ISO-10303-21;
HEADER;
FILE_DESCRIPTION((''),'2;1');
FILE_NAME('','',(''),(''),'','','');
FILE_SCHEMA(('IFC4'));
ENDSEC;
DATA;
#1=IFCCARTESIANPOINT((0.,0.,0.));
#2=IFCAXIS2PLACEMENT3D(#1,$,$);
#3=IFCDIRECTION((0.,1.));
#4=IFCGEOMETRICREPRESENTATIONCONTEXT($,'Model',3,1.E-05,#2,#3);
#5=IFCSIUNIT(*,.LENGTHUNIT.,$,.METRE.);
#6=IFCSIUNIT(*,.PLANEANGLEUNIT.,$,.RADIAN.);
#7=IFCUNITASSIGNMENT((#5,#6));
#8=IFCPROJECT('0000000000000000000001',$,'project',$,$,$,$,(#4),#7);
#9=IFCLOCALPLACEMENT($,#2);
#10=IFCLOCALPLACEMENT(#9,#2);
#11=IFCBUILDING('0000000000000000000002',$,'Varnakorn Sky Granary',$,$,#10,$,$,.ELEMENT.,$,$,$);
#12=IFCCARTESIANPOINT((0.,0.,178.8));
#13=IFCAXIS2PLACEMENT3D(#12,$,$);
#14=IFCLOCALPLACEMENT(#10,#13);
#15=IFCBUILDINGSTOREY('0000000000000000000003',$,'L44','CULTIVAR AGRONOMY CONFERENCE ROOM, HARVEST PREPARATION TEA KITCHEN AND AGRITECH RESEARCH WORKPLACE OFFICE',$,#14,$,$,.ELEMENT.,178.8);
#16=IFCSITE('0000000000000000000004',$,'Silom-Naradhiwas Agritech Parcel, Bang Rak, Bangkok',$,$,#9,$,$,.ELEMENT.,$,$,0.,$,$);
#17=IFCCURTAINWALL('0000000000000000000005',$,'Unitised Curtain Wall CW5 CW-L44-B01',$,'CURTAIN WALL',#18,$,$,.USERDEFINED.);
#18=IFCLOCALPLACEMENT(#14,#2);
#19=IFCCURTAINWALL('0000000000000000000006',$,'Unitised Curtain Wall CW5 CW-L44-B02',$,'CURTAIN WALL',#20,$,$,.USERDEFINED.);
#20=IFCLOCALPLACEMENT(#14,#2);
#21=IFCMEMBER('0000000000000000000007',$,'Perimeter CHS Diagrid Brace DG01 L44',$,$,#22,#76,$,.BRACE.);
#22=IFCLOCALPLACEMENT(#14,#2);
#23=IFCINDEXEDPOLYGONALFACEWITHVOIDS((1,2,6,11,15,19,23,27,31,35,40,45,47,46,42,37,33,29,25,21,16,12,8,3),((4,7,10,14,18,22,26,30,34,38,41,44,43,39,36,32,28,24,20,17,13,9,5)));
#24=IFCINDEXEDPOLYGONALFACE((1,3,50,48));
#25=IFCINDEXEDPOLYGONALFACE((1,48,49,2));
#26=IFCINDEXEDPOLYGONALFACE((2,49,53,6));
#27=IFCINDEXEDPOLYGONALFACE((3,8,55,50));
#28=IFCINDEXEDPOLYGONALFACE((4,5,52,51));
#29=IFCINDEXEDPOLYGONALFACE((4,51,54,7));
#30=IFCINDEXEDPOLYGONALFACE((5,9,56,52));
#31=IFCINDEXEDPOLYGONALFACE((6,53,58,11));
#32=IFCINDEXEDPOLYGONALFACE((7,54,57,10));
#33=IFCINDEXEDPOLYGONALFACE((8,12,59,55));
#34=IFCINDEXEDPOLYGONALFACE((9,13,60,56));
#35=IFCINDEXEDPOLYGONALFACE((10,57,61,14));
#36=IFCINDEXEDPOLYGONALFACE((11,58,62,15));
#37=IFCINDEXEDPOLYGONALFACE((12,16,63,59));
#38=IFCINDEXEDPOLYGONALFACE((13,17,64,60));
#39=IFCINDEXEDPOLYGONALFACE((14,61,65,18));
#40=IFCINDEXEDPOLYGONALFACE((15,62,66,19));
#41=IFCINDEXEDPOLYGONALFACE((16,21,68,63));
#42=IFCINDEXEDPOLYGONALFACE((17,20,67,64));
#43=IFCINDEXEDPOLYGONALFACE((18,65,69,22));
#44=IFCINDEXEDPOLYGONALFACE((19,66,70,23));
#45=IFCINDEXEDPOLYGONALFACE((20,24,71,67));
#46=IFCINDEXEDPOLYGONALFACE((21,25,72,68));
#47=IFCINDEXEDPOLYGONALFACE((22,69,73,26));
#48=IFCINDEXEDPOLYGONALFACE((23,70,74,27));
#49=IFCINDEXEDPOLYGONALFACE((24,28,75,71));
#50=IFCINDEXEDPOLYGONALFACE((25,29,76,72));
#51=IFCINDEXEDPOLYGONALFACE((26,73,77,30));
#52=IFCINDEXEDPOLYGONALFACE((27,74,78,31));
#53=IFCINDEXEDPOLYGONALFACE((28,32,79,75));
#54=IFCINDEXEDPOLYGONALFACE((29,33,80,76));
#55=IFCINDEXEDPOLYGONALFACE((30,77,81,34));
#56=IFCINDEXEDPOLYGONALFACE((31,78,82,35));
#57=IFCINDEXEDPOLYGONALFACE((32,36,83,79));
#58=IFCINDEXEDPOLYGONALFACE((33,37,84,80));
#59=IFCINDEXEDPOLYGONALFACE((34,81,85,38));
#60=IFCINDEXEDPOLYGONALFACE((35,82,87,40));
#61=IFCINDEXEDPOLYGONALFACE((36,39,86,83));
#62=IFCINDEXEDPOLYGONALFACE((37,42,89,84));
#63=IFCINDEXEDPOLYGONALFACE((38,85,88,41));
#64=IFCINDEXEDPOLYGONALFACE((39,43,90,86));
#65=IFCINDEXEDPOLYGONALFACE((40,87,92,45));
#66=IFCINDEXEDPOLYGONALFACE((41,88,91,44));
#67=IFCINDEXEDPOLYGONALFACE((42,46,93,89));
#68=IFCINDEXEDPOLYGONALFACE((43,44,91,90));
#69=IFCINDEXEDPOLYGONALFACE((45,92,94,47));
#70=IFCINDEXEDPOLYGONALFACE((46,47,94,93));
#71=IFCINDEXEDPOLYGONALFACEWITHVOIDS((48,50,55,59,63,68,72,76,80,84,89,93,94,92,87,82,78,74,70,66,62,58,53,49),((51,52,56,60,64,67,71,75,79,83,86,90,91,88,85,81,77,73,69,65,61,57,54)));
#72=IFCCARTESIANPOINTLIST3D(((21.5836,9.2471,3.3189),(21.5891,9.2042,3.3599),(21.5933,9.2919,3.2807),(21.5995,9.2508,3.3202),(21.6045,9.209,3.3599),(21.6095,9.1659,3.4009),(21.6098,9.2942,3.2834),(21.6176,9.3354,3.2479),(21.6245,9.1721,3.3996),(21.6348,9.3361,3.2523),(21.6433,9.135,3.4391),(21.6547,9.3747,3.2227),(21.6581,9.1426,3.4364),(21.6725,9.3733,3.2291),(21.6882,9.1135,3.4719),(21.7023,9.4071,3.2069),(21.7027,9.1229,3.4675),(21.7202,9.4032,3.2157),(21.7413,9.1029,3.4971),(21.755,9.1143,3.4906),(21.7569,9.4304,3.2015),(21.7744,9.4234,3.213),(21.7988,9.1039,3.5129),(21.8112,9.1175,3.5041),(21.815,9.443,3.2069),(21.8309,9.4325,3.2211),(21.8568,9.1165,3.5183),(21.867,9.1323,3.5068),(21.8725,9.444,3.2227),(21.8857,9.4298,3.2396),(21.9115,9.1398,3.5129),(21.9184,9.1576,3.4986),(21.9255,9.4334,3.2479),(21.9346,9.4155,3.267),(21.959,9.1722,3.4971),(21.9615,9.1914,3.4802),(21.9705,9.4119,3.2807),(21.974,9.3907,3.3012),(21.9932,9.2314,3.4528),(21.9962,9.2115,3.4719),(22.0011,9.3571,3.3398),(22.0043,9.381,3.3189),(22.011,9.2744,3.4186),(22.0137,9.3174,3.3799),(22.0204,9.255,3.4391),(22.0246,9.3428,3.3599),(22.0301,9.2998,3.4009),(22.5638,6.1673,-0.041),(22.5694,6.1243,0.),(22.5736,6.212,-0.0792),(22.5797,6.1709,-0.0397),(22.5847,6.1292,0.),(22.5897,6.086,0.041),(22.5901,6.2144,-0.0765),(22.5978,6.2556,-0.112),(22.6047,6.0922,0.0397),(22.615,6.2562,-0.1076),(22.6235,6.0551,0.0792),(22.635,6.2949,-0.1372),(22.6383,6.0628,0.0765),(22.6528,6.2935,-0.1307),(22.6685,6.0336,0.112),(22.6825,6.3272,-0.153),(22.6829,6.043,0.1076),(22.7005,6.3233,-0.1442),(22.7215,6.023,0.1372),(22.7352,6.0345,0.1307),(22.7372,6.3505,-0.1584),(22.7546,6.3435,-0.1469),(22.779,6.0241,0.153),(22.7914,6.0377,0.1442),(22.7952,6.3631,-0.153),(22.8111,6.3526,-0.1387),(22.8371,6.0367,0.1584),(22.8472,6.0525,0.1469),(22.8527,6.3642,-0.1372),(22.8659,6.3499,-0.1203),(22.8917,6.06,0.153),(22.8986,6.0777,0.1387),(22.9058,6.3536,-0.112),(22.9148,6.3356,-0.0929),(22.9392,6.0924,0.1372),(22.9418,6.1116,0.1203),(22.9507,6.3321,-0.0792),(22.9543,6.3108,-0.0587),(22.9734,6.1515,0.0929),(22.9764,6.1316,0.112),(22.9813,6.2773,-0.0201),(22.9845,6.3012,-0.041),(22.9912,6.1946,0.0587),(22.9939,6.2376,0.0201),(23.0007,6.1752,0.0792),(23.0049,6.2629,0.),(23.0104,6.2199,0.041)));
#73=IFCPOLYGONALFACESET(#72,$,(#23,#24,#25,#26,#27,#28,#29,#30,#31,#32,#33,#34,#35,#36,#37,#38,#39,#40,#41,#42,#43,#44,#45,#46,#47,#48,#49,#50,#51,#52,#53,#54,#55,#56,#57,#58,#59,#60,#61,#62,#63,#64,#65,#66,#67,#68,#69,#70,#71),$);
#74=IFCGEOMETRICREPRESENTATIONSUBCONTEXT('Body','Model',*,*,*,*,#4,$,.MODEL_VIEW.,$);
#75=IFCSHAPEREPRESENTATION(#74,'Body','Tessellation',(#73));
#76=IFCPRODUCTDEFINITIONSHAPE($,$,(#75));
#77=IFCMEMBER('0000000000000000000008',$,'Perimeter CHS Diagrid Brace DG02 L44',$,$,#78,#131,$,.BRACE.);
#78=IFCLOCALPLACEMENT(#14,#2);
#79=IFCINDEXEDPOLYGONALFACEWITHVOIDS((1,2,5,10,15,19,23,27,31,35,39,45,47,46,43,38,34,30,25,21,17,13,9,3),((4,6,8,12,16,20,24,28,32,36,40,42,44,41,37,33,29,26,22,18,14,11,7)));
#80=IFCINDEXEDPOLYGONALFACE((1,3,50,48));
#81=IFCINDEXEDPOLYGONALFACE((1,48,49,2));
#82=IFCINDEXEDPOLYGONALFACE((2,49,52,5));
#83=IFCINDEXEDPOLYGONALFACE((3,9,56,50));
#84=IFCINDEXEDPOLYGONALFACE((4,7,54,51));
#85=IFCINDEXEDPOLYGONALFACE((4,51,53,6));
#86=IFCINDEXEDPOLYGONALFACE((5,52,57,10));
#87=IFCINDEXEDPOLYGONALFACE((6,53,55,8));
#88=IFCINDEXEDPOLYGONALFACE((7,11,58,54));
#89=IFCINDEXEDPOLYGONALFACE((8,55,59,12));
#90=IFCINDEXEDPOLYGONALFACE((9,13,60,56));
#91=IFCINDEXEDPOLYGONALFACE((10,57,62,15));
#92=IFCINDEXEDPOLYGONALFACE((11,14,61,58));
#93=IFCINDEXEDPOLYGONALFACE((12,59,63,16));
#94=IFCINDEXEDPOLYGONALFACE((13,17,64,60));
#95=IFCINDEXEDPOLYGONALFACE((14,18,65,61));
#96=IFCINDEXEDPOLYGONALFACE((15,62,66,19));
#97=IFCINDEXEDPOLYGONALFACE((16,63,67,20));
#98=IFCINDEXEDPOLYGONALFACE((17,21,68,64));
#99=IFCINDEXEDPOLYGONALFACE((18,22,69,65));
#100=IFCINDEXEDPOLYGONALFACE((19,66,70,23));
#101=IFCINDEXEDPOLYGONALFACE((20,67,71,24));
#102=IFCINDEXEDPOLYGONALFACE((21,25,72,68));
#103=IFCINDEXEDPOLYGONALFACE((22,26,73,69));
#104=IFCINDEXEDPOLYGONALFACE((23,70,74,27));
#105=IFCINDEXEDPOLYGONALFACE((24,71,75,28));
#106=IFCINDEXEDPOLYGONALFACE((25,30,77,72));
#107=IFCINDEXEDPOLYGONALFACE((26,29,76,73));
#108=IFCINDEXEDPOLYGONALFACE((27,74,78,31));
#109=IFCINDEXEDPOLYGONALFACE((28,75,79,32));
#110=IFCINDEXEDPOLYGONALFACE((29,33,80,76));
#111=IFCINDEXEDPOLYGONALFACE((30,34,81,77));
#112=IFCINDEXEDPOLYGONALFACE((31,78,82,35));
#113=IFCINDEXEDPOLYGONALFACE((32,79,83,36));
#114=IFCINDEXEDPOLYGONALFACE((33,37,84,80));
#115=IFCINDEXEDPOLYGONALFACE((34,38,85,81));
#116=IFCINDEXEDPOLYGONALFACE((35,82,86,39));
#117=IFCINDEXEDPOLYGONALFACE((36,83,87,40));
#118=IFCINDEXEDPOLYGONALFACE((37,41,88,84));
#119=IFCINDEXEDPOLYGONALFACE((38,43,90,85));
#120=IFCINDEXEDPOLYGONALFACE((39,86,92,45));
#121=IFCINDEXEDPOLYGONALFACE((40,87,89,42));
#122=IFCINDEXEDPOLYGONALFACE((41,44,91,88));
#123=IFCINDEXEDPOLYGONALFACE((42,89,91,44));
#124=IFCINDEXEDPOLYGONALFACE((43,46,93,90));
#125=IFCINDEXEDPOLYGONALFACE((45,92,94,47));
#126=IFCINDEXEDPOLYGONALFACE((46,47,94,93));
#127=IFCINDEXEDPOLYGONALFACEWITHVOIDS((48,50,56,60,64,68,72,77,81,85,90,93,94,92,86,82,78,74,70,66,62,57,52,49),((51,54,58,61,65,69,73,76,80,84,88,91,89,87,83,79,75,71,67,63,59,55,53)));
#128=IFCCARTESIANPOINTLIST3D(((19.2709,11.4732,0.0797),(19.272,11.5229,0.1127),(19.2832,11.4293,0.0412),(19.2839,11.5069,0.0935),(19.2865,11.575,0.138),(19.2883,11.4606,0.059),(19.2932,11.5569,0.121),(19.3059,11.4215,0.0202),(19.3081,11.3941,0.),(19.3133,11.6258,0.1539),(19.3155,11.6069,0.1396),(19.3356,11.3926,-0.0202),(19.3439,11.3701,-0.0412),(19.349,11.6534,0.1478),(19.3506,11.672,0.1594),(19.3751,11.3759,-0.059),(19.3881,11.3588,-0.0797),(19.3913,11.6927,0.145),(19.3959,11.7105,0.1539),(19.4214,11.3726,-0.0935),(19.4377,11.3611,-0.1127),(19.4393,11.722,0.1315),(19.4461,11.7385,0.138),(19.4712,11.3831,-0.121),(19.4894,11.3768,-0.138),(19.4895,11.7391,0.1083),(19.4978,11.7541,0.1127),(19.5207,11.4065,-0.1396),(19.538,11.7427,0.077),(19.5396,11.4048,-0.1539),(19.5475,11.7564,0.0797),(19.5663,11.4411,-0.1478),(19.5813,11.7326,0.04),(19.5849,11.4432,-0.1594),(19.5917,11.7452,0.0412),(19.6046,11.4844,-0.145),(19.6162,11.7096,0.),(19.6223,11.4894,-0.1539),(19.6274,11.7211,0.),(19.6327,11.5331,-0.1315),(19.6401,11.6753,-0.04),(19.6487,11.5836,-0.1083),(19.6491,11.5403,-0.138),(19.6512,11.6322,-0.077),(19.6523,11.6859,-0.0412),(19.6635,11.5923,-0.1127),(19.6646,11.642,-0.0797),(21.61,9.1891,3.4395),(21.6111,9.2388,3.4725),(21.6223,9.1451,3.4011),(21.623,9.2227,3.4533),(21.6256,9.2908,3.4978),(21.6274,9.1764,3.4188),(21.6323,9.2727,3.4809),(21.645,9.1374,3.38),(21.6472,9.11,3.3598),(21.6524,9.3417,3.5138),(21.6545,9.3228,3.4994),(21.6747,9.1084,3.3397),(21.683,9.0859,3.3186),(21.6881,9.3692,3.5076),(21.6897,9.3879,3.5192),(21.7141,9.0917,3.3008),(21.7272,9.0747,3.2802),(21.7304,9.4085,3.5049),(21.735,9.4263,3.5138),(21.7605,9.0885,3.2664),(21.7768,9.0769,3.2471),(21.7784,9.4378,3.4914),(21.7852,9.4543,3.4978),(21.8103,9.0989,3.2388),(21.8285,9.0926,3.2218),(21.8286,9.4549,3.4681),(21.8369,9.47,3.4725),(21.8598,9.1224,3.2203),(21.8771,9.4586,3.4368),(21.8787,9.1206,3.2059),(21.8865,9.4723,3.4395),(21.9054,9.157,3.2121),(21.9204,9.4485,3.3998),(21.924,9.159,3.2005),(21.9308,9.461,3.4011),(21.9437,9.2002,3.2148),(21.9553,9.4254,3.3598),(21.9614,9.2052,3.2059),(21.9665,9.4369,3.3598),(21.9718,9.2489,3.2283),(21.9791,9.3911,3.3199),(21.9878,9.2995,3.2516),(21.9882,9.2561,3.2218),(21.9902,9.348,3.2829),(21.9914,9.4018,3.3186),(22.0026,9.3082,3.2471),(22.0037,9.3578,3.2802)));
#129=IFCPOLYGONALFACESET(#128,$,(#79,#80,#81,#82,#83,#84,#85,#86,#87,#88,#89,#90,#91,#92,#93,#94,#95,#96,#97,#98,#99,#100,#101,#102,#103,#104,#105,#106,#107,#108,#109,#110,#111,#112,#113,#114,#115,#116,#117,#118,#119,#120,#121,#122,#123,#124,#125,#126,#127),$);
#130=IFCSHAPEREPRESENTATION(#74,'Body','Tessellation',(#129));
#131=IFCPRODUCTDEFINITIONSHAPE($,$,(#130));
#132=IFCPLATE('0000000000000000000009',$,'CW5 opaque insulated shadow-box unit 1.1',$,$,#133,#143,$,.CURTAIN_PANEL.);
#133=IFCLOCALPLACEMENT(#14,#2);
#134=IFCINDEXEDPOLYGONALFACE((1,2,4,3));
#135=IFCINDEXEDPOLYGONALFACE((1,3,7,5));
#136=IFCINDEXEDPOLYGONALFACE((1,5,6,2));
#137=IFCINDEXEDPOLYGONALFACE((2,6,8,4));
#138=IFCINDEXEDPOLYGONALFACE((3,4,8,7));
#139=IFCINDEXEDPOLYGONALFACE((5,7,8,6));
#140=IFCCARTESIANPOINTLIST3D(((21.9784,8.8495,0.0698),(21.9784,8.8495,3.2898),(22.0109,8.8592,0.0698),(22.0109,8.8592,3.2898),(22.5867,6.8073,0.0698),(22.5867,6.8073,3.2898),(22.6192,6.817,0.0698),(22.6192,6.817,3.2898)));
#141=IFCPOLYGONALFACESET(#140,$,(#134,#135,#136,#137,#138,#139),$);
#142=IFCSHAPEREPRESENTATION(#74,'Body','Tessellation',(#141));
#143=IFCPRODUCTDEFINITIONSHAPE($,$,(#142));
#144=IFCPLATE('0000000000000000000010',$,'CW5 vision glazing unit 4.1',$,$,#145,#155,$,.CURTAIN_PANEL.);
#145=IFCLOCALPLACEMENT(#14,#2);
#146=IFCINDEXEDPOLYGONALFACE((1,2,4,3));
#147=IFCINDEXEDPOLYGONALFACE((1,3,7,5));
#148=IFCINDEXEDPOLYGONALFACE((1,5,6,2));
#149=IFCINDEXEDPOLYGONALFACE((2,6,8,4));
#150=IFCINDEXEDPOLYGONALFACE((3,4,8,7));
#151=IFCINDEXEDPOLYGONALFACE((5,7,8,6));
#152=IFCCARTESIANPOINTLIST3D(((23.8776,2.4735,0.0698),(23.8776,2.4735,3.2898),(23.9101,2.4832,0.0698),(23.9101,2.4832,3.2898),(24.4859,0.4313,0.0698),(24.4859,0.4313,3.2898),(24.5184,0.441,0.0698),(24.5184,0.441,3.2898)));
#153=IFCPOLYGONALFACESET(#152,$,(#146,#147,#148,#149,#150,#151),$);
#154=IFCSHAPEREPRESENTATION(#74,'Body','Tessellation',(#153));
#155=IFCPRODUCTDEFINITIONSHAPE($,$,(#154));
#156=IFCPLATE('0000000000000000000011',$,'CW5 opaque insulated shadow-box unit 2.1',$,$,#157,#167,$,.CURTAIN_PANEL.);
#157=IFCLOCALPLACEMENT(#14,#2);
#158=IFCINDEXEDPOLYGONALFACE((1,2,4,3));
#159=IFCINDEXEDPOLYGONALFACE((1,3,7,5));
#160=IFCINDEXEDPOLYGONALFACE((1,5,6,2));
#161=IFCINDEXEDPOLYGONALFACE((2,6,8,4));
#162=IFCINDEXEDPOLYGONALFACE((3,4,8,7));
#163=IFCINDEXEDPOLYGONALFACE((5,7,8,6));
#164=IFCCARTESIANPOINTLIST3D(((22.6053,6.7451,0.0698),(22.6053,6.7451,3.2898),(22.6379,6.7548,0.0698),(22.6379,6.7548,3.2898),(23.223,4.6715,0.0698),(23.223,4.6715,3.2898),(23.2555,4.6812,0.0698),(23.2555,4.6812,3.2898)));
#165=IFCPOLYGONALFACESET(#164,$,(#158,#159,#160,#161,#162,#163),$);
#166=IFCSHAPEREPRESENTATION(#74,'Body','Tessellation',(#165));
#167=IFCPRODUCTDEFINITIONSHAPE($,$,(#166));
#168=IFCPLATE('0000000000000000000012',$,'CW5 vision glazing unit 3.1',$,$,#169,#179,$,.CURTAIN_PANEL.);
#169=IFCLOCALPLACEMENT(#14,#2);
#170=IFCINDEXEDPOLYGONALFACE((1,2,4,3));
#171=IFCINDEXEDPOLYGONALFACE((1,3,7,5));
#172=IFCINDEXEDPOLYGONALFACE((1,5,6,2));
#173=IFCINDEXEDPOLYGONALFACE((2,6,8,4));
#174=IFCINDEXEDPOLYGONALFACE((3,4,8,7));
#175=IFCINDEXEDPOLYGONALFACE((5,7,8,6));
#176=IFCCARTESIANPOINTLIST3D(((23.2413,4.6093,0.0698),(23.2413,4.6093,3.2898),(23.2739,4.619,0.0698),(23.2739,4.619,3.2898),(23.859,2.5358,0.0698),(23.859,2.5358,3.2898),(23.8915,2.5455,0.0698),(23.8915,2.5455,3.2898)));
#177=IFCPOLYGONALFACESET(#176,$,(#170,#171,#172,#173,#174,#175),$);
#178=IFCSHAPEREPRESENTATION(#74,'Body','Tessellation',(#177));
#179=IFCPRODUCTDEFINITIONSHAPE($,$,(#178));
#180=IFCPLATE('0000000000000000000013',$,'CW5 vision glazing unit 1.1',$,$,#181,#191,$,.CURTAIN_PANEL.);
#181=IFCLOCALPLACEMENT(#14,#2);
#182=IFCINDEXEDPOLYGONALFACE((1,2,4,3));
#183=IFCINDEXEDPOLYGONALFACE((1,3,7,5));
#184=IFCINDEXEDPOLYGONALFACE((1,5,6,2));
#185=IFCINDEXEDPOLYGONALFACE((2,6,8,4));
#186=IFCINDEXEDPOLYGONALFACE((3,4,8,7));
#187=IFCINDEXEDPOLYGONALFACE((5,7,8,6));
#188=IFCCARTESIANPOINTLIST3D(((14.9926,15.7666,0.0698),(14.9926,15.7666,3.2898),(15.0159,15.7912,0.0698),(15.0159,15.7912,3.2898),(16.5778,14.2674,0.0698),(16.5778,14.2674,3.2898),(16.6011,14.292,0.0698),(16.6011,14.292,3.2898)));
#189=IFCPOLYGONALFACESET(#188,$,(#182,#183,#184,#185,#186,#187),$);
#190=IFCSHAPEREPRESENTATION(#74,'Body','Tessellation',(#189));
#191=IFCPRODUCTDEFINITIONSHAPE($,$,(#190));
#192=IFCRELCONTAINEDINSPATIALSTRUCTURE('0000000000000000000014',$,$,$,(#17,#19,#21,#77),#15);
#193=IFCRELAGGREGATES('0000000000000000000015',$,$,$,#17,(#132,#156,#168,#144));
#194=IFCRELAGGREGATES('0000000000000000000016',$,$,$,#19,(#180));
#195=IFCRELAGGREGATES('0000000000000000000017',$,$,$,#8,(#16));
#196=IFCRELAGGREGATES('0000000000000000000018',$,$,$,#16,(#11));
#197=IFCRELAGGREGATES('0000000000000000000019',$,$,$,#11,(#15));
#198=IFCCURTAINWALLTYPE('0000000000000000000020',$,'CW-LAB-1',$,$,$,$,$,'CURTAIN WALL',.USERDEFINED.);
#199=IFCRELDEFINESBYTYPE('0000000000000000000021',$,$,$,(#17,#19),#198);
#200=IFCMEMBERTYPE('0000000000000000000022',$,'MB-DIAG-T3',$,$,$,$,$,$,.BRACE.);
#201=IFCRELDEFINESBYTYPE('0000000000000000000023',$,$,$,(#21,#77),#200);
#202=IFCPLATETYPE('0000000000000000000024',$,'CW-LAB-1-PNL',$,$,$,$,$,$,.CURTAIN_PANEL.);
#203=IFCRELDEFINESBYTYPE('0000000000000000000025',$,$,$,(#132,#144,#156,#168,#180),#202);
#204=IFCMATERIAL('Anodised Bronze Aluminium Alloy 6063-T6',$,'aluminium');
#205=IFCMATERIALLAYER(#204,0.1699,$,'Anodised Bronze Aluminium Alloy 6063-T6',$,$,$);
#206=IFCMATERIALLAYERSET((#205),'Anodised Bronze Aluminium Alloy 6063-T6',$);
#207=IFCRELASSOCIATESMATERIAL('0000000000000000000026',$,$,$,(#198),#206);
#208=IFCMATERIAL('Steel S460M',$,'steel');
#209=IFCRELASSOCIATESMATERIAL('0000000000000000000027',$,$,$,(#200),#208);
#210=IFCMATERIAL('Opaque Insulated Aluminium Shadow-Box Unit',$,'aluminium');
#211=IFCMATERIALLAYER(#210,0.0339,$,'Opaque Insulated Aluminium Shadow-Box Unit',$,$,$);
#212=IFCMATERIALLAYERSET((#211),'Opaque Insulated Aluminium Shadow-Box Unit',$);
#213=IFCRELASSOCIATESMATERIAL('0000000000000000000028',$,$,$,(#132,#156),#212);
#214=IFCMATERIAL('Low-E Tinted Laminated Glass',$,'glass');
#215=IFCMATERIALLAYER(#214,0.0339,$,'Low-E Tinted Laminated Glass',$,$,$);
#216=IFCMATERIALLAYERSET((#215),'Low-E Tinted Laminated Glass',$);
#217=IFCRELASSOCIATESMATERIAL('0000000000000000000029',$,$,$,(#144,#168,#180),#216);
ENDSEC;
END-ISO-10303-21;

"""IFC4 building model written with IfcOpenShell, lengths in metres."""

from ifc_helpers import new_model, si_unit, direction, frame, origin, origin_2d, place, context, subcontext, project, spatial, rectangle, hollow_circle, extrude, source, transform, mapped, material, layer, layer_set, material_profile, profile_set, type_object, element, aggregate, save


model = new_model("IFC4")

# Units and contexts
model_context = context("Model", 3, precision=1e-05, world=origin(), true_north=direction((0.0, 1.0)))
body_context = subcontext(model_context, "Body", "Model", "MODEL_VIEW")
ifc_project = project(units=[si_unit("LENGTHUNIT", "METRE"), si_unit("PLANEANGLEUNIT", "RADIAN")], contexts=[model_context])

# Site, building, storey
site_placement = place(None, origin())
site = spatial("IfcSite", under=ifc_project, at=site_placement, Name="Silom-Naradhiwas Agritech Parcel, Bang Rak, Bangkok", CompositionType="ELEMENT", RefElevation=0.0)
building_placement = place(site_placement, origin())
building = spatial("IfcBuilding", under=site, at=building_placement, Name="Varnakorn Sky Granary", CompositionType="ELEMENT")
storey_placement = place(building_placement, frame((0.0, 0.0, 178.8)))
storey = spatial("IfcBuildingStorey", under=building, at=storey_placement, Name="L44", Description="CULTIVAR AGRONOMY CONFERENCE ROOM, HARVEST PREPARATION TEA KITCHEN AND AGRITECH RESEARCH WORKPLACE OFFICE", CompositionType="ELEMENT", Elevation=178.8)

# Shared definitions
ifc_material_1 = material(Name="Steel S460M", Category="steel")

# Curtain walls
ifc_material_2 = material(Name="Anodised Bronze Aluminium Alloy 6063-T6", Category="aluminium")
ifc_layer_1 = layer(ifc_material_2, 0.1699, Name="Anodised Bronze Aluminium Alloy 6063-T6")
ifc_layer_set_1 = layer_set([ifc_layer_1], Name="Anodised Bronze Aluminium Alloy 6063-T6")
curtain_wall_type = type_object("IfcCurtainWallType", Name="CW-LAB-1", ElementType="CURTAIN WALL", PredefinedType="USERDEFINED", material=ifc_layer_set_1)
curtain_wall_1_placement = place(storey_placement, origin())
curtain_wall_1 = element("IfcCurtainWall", 1, at=curtain_wall_1_placement, inside=storey, type_object=curtain_wall_type, Name="Unitised Curtain Wall CW5 CW-L44-B01", ObjectType="CURTAIN WALL", PredefinedType="USERDEFINED")
curtain_wall_2_placement = place(storey_placement, origin())
curtain_wall_2 = element("IfcCurtainWall", 2, at=curtain_wall_2_placement, inside=storey, type_object=curtain_wall_type, Name="Unitised Curtain Wall CW5 CW-L44-B02", ObjectType="CURTAIN WALL", PredefinedType="USERDEFINED")

# Members
ifc_material_profile_1 = material_profile(ifc_material_1, hollow_circle(Radius=0.2285, WallThickness=0.0161, at=origin_2d()), Name="CHS 457x16")
ifc_profile_set_1 = profile_set([ifc_material_profile_1], Name="Steel S460M")
member_type_1 = type_object("IfcMemberType", Name="MB-DIAG-T3", PredefinedType="BRACE", material=ifc_profile_set_1)
member_1_placement = place(storey_placement, frame((22.7871, 6.1936, 0.0), z_axis=(-0.210255, 0.660615, 0.720681), x_axis=(-0.952901, -0.303282, 0.0)))
element("IfcMember", 3, at=member_1_placement, inside=storey, type_object=member_type_1, Name="Perimeter CHS Diagrid Brace DG01 L44", PredefinedType="BRACE", context=body_context, shape_type="SweptSolid", body=[
    extrude(hollow_circle(Radius=0.2285, WallThickness=0.0161, at=origin_2d()), origin(), (0.0, 0.0, 1.0), 4.6621),
])
member_2_placement = place(storey_placement, frame((19.4678, 11.5576, 0.0), z_axis=(0.498954, -0.487237, 0.71669), x_axis=(0.698656, 0.715458, 0.0)))
element("IfcMember", 4, at=member_2_placement, inside=storey, type_object=member_type_1, Name="Perimeter CHS Diagrid Brace DG02 L44", PredefinedType="BRACE", context=body_context, shape_type="SweptSolid", body=[
    extrude(hollow_circle(Radius=0.2285, WallThickness=0.0161, at=origin_2d()), origin(), (0.0, 0.0, 1.0), 4.688),
])

# Plates
ifc_material_3 = material(Name="Opaque Insulated Aluminium Shadow-Box Unit", Category="aluminium")
ifc_layer_2 = layer(ifc_material_3, 0.0339, Name="Opaque Insulated Aluminium Shadow-Box Unit")
ifc_layer_set_2 = layer_set([ifc_layer_2], Name="Opaque Insulated Aluminium Shadow-Box Unit")
plate_type = type_object("IfcPlateType", Name="CW-LAB-1-PNL", PredefinedType="CURTAIN_PANEL")
shared_shape_1 = source(origin(), body_context, "Body", "SweptSolid", [
    extrude(rectangle(XDim=2.1309, YDim=0.0339, at=origin_2d()), origin(), (0.0, 0.0, 1.0), 3.22),
])
plate_1_placement = place(storey_placement, frame((22.2988, 7.8333, 0.0698), z_axis=(0.0, 0.0, 1.0), x_axis=(0.285467, -0.958389, 0.0)))
plate_1 = element("IfcPlate", 5, at=plate_1_placement, type_object=plate_type, material=ifc_layer_set_2, Name="CW5 opaque insulated shadow-box unit 1.1", PredefinedType="CURTAIN_PANEL", context=body_context, shape_type="MappedRepresentation", body=[
    mapped(shared_shape_1, transform((0.0, 0.0, 0.0), x_axis=(1.0, 0.0, 0.0), y_axis=(0.0, 1.0, 0.0), z_axis=(0.0, 0.0, 1.0), scale=1.0)),
])
ifc_material_4 = material(Name="Low-E Tinted Laminated Glass", Category="glass")
ifc_layer_3 = layer(ifc_material_4, 0.0339, Name="Low-E Tinted Laminated Glass")
ifc_layer_set_3 = layer_set([ifc_layer_3], Name="Low-E Tinted Laminated Glass")
plate_2_placement = place(storey_placement, frame((24.198, 1.4573, 0.0698), z_axis=(0.0, 0.0, 1.0), x_axis=(0.285467, -0.958389, 0.0)))
plate_2 = element("IfcPlate", 6, at=plate_2_placement, type_object=plate_type, material=ifc_layer_set_3, Name="CW5 vision glazing unit 4.1", PredefinedType="CURTAIN_PANEL", context=body_context, shape_type="MappedRepresentation", body=[
    mapped(shared_shape_1, transform((0.0, 0.0, 0.0), x_axis=(1.0, 0.0, 0.0), y_axis=(0.0, 1.0, 0.0), z_axis=(0.0, 0.0, 1.0), scale=1.0)),
])
shared_shape_2 = source(origin(), body_context, "Body", "SweptSolid", [
    extrude(rectangle(XDim=2.1636, YDim=0.0339, at=origin_2d()), origin(), (0.0, 0.0, 1.0), 3.22),
])
plate_3_placement = place(storey_placement, frame((22.9304, 5.7131, 0.0698), z_axis=(0.0, 0.0, 1.0), x_axis=(0.285467, -0.958389, 0.0)))
plate_3 = element("IfcPlate", 7, at=plate_3_placement, type_object=plate_type, material=ifc_layer_set_2, Name="CW5 opaque insulated shadow-box unit 2.1", PredefinedType="CURTAIN_PANEL", context=body_context, shape_type="MappedRepresentation", body=[
    mapped(shared_shape_2, transform((0.0, 0.0, 0.0), x_axis=(1.0, 0.0, 0.0), y_axis=(0.0, 1.0, 0.0), z_axis=(0.0, 0.0, 1.0), scale=1.0)),
])
plate_4_placement = place(storey_placement, frame((23.5664, 3.5774, 0.0698), z_axis=(0.0, 0.0, 1.0), x_axis=(0.285467, -0.958389, 0.0)))
plate_4 = element("IfcPlate", 8, at=plate_4_placement, type_object=plate_type, material=ifc_layer_set_3, Name="CW5 vision glazing unit 3.1", PredefinedType="CURTAIN_PANEL", context=body_context, shape_type="MappedRepresentation", body=[
    mapped(shared_shape_2, transform((0.0, 0.0, 0.0), x_axis=(1.0, 0.0, 0.0), y_axis=(0.0, 1.0, 0.0), z_axis=(0.0, 0.0, 1.0), scale=1.0)),
])
aggregate(curtain_wall_1, [plate_1, plate_3, plate_4, plate_2])
shared_shape_3 = source(origin(), body_context, "Body", "SweptSolid", [
    extrude(rectangle(XDim=2.1819, YDim=0.0339, at=origin_2d()), origin(), (0.0, 0.0, 1.0), 3.22),
])
plate_5_placement = place(storey_placement, frame((15.7969, 15.0293, 0.0698), z_axis=(0.0, 0.0, 1.0), x_axis=(0.726541, -0.687124, 0.0)))
plate_5 = element("IfcPlate", 9, at=plate_5_placement, type_object=plate_type, material=ifc_layer_set_3, Name="CW5 vision glazing unit 1.1", PredefinedType="CURTAIN_PANEL", context=body_context, shape_type="MappedRepresentation", body=[
    mapped(shared_shape_3, transform((0.0, 0.0, 0.0), x_axis=(1.0, 0.0, 0.0), y_axis=(0.0, 1.0, 0.0), z_axis=(0.0, 0.0, 1.0), scale=1.0)),
])
aggregate(curtain_wall_2, [plate_5])

save(model, "model.ifc")
